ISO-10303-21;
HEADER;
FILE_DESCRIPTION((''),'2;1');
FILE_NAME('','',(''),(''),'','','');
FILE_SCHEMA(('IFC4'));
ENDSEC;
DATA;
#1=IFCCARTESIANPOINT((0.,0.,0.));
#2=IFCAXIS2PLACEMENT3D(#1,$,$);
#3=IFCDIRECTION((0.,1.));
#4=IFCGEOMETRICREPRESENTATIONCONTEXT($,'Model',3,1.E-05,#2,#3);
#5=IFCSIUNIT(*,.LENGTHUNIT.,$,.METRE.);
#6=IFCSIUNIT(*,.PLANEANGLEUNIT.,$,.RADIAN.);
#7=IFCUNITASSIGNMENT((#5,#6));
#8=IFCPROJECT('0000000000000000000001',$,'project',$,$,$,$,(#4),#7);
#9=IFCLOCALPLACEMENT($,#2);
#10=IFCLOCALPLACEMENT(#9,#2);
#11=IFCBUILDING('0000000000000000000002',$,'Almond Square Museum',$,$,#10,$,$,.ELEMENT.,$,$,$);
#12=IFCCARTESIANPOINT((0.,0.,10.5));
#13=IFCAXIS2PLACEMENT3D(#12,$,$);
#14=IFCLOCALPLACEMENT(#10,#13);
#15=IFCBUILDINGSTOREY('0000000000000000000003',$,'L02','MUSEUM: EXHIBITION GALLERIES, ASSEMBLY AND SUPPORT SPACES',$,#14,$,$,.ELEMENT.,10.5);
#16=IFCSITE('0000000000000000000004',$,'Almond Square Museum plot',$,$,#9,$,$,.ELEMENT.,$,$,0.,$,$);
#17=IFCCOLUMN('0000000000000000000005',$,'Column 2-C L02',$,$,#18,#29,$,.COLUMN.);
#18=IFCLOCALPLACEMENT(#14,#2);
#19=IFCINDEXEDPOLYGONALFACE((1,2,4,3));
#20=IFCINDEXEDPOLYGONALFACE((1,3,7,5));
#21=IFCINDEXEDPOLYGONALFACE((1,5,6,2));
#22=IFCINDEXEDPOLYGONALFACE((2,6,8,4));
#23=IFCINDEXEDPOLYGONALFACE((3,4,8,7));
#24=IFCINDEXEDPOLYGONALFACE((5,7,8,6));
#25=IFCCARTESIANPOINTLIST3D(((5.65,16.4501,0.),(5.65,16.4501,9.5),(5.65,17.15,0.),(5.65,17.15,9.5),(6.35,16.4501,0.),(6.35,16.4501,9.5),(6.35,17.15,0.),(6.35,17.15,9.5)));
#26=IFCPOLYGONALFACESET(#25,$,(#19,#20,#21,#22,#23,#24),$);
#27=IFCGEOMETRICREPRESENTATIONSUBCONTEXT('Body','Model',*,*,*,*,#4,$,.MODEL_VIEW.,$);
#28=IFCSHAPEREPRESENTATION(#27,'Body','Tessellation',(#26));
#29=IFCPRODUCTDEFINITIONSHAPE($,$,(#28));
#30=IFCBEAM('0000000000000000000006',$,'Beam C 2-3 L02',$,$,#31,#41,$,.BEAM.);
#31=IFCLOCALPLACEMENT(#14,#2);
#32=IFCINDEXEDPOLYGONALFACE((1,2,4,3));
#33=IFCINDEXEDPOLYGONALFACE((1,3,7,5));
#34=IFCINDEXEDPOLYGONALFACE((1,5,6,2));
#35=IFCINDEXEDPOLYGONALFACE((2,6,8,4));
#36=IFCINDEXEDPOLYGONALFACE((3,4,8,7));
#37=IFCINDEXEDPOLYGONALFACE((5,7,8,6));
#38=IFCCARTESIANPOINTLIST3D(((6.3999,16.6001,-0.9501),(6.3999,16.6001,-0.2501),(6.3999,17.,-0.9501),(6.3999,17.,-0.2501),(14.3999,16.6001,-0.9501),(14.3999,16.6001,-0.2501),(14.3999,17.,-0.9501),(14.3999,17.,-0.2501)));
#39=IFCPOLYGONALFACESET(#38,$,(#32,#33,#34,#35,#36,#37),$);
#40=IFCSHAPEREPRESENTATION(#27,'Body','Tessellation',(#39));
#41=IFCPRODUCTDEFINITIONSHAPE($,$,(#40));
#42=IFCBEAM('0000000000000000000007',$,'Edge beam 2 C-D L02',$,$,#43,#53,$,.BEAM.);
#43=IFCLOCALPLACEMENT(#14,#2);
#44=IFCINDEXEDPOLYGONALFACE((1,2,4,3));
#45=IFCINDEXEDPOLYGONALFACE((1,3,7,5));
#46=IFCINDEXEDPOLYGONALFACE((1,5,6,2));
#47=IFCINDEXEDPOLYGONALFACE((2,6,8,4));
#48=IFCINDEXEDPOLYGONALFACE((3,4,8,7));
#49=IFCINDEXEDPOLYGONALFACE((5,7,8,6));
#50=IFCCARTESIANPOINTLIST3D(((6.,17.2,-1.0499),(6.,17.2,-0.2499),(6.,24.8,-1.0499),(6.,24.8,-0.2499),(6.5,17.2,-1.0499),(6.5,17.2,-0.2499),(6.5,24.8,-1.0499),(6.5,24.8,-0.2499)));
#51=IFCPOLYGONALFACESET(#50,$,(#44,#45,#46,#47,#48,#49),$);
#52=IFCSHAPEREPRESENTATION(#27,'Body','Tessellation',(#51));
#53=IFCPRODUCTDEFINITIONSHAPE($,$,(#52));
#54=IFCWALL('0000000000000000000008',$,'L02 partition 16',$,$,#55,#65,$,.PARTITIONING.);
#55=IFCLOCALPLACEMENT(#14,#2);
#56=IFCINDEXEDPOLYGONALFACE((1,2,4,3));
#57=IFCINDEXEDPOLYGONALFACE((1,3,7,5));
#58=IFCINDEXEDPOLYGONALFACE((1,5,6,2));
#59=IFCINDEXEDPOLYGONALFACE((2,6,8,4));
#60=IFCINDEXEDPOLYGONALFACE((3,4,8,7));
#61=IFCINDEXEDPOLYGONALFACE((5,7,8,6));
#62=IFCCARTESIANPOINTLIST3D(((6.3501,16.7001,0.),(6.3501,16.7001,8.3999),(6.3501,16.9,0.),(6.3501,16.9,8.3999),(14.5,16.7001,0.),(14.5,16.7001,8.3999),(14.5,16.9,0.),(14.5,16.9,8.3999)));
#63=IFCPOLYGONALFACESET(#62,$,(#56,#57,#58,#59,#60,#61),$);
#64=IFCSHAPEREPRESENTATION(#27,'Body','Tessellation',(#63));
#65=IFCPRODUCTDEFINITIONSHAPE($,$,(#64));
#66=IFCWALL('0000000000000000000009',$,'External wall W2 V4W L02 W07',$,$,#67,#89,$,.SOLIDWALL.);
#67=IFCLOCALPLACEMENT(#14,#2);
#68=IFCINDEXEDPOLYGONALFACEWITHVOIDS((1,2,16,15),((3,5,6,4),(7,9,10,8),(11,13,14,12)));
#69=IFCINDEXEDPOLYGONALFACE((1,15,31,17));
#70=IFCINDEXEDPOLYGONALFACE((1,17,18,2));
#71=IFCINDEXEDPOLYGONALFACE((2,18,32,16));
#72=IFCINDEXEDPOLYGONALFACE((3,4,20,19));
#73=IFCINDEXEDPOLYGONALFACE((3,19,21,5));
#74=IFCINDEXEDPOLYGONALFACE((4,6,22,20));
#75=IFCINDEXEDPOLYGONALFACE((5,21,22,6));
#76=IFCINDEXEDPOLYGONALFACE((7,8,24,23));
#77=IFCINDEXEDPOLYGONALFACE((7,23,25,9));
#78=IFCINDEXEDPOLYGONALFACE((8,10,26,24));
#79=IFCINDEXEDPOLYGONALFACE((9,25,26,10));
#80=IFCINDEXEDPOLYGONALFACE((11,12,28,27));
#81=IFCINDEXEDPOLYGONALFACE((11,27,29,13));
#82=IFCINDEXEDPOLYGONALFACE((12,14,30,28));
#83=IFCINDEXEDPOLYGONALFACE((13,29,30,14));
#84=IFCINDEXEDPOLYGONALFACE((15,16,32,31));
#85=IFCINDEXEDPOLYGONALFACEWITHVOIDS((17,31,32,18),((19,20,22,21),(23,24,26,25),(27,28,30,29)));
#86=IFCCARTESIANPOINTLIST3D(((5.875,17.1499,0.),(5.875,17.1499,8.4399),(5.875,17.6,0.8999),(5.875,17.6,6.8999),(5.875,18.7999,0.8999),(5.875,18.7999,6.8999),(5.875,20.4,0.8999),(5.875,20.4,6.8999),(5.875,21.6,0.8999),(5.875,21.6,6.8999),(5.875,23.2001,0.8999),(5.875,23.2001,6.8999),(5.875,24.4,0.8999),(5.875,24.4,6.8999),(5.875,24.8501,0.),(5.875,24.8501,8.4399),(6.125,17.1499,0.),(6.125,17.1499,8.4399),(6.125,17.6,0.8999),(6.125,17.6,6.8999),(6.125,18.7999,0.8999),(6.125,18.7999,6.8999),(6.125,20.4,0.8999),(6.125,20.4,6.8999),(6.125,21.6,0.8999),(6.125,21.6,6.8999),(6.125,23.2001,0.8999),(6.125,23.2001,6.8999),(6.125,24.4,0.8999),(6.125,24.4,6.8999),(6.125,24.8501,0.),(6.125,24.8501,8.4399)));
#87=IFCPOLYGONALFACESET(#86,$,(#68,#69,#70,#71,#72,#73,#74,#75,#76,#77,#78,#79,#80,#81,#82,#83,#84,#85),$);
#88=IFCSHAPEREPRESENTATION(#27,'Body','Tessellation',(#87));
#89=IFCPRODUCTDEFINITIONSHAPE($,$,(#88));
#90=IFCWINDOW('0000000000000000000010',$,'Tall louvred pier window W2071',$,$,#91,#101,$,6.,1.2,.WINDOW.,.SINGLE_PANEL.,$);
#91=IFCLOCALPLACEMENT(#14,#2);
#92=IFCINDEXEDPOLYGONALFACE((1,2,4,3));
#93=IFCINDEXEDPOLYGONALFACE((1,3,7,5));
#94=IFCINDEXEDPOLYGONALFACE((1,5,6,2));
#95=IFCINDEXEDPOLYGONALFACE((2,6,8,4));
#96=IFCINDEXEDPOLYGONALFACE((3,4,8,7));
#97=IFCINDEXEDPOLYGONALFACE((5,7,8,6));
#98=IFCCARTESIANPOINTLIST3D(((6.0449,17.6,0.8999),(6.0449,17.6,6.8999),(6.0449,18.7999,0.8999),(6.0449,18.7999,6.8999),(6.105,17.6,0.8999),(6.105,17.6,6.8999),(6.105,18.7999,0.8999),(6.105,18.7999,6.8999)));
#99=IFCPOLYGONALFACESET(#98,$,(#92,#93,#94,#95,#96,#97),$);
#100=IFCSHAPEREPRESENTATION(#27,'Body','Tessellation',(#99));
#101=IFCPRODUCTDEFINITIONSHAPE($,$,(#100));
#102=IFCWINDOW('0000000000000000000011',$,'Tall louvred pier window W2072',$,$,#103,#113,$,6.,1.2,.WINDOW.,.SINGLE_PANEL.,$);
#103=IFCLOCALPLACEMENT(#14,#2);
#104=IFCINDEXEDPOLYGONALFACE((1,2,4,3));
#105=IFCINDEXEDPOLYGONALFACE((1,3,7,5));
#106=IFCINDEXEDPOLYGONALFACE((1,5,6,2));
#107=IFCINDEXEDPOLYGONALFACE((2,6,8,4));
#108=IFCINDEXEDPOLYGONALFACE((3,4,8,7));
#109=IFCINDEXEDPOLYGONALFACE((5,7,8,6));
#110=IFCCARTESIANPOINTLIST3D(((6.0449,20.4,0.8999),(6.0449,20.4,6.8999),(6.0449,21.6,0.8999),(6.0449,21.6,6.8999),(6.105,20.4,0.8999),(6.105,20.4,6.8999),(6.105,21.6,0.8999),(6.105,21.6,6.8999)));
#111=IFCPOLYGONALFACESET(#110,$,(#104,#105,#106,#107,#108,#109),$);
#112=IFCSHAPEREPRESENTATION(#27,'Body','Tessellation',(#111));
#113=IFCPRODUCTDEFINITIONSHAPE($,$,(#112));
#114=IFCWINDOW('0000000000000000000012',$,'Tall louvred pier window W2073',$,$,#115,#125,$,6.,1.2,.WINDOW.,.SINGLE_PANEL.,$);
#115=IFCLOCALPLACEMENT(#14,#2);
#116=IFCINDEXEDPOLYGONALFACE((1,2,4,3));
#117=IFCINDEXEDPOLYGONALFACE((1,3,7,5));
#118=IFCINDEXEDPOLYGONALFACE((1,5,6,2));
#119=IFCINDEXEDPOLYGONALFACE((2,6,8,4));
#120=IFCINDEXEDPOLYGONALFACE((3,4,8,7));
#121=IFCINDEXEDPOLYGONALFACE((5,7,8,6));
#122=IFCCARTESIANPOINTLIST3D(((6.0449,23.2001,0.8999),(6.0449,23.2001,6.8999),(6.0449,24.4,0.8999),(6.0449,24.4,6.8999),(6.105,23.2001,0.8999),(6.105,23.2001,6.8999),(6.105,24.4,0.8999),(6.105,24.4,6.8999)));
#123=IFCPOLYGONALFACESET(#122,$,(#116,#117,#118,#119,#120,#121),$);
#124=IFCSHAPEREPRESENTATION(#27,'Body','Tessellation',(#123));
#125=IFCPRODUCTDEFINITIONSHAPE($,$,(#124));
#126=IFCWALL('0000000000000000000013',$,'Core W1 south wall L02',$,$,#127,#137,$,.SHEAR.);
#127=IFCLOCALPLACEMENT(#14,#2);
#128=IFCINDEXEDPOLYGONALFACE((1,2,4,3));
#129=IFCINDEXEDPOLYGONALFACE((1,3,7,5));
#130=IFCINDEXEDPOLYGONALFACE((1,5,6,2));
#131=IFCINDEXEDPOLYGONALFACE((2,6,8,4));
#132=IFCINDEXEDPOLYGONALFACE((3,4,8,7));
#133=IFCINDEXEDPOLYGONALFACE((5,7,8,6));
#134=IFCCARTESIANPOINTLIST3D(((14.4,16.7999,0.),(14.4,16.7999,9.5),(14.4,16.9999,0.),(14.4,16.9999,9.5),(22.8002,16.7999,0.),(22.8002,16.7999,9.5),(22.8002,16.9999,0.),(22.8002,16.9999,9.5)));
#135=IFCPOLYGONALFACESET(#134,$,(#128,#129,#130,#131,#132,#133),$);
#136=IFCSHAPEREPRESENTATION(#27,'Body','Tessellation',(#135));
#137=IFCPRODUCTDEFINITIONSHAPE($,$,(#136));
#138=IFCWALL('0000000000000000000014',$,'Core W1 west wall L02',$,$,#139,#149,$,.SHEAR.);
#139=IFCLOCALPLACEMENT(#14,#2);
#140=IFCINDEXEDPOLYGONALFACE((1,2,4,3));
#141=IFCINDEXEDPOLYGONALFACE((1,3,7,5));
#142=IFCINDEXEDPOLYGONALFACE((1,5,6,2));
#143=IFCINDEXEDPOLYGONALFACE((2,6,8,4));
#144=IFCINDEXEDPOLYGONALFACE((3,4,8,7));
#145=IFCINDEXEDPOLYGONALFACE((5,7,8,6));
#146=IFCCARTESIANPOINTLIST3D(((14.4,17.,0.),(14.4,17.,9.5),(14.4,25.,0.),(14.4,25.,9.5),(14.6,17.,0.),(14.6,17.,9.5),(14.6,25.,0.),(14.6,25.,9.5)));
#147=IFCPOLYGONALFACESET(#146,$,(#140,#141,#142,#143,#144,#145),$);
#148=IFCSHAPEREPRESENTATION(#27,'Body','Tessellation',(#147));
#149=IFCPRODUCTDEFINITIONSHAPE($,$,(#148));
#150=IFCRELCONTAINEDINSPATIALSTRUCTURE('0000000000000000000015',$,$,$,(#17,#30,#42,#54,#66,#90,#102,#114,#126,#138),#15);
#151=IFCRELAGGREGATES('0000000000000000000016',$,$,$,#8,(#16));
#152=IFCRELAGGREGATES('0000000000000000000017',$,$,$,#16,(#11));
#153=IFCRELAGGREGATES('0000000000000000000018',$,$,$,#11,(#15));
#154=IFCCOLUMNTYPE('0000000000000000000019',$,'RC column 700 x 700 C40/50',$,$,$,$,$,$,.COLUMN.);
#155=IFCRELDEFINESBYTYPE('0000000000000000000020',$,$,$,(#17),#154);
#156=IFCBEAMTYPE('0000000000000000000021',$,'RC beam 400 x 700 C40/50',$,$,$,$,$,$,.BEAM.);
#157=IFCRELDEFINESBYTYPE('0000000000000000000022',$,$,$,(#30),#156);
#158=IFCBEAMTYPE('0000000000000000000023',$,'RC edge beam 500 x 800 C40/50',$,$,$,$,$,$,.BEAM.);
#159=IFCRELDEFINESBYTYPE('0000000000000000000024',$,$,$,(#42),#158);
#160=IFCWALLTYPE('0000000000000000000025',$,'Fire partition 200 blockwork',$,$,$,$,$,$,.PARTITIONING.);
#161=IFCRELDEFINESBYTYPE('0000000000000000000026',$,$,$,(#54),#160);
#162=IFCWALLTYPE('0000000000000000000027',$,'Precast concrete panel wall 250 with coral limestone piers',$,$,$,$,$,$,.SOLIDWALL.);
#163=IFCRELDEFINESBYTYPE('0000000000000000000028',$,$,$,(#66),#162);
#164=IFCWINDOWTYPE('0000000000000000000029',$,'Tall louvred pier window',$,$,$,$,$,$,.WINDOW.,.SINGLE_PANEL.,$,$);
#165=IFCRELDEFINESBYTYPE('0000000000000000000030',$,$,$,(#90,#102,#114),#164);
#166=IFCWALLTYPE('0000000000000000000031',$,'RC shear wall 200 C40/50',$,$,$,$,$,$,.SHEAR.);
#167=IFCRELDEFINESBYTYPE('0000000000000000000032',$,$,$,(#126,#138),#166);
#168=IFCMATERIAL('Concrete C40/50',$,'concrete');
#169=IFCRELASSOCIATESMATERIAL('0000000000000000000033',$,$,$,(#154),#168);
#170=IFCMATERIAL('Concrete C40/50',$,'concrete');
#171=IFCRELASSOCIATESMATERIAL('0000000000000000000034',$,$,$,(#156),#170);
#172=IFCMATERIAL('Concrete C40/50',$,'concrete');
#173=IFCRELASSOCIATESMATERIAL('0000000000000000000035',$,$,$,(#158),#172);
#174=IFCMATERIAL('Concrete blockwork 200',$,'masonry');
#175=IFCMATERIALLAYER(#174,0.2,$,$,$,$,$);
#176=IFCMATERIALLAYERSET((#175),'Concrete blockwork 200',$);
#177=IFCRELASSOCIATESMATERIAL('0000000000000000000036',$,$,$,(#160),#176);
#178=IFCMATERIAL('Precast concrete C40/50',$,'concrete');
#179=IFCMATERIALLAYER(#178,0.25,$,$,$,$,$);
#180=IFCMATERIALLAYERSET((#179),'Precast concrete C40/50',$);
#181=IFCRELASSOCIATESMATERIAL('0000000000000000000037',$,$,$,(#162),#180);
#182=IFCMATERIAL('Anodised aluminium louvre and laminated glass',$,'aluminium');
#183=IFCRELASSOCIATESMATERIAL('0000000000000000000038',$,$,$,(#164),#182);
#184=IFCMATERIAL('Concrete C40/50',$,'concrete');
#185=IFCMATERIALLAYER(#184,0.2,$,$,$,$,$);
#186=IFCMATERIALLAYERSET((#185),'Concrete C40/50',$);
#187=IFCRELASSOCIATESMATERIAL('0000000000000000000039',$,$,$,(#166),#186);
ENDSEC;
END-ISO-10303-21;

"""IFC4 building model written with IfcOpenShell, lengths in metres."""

from ifc_helpers import new_model, si_unit, direction, frame, frame_2d, origin, origin_2d, place, context, subcontext, project, spatial, rectangle, extrude, material, layer, layer_set, material_profile, profile_set, type_object, element, fill, save


model = new_model("IFC4")

# Units and contexts
model_context = context("Model", 3, precision=1e-05, world=origin(), true_north=direction((0.0, 1.0)))
body_context = subcontext(model_context, "Body", "Model", "MODEL_VIEW")
ifc_project = project(units=[si_unit("LENGTHUNIT", "METRE"), si_unit("PLANEANGLEUNIT", "RADIAN")], contexts=[model_context])

# Site, building, storey
site_placement = place(None, origin())
site = spatial("IfcSite", under=ifc_project, at=site_placement, Name="Almond Square Museum plot", CompositionType="ELEMENT", RefElevation=0.0)
building_placement = place(site_placement, origin())
building = spatial("IfcBuilding", under=site, at=building_placement, Name="Almond Square Museum", CompositionType="ELEMENT")
storey_placement = place(building_placement, frame((0.0, 0.0, 10.5)))
storey = spatial("IfcBuildingStorey", under=building, at=storey_placement, Name="L02", Description="MUSEUM: EXHIBITION GALLERIES, ASSEMBLY AND SUPPORT SPACES", CompositionType="ELEMENT", Elevation=10.5)

# Column
ifc_material_1 = material(Name="Concrete C40/50", Category="concrete")
ifc_material_profile_1 = material_profile(ifc_material_1, rectangle(XDim=0.7, YDim=0.7, at=origin_2d()))
ifc_profile_set_1 = profile_set([ifc_material_profile_1], Name="Concrete C40/50")
column_type = type_object("IfcColumnType", Name="RC column 700 x 700 C40/50", PredefinedType="COLUMN", material=ifc_profile_set_1)
column_placement = place(storey_placement, frame((6.0, 16.8, 0.0), z_axis=(0.0, 0.0, 1.0), x_axis=(1.0, 0.0, 0.0)))
element("IfcColumn", 1, at=column_placement, inside=storey, type_object=column_type, Name="Column 2-C L02", PredefinedType="COLUMN", context=body_context, shape_type="SweptSolid", body=[
    extrude(rectangle(XDim=0.7, YDim=0.7, at=origin_2d()), origin(), (0.0, 0.0, 1.0), 9.5),
])

# Beams
ifc_material_2 = material(Name="Concrete C40/50", Category="concrete")
ifc_material_profile_2 = material_profile(ifc_material_2, rectangle(XDim=0.3999, YDim=0.7, at=origin_2d()))
ifc_profile_set_2 = profile_set([ifc_material_profile_2], Name="Concrete C40/50")
beam_type_1 = type_object("IfcBeamType", Name="RC beam 400 x 700 C40/50", PredefinedType="BEAM", material=ifc_profile_set_2)
beam_1_placement = place(storey_placement, frame((6.3999, 16.8, -0.6001), z_axis=(1.0, 0.0, 0.0), x_axis=(0.0, 1.0, 0.0)))
element("IfcBeam", 2, at=beam_1_placement, inside=storey, type_object=beam_type_1, Name="Beam C 2-3 L02", PredefinedType="BEAM", context=body_context, shape_type="SweptSolid", body=[
    extrude(rectangle(XDim=0.3999, YDim=0.7, at=origin_2d()), origin(), (0.0, 0.0, 1.0), 8.0),
])
ifc_material_3 = material(Name="Concrete C40/50", Category="concrete")
ifc_material_profile_3 = material_profile(ifc_material_3, rectangle(XDim=0.5, YDim=0.8, at=origin_2d()))
ifc_profile_set_3 = profile_set([ifc_material_profile_3], Name="Concrete C40/50")
beam_type_2 = type_object("IfcBeamType", Name="RC edge beam 500 x 800 C40/50", PredefinedType="BEAM", material=ifc_profile_set_3)
beam_2_placement = place(storey_placement, frame((6.25, 17.2, -0.6499), z_axis=(0.0, 1.0, 0.0), x_axis=(-1.0, 0.0, 0.0)))
element("IfcBeam", 3, at=beam_2_placement, inside=storey, type_object=beam_type_2, Name="Edge beam 2 C-D L02", PredefinedType="BEAM", context=body_context, shape_type="SweptSolid", body=[
    extrude(rectangle(XDim=0.5, YDim=0.8, at=origin_2d()), origin(), (0.0, 0.0, 1.0), 7.6001),
])

# Wall
ifc_material_4 = material(Name="Concrete blockwork 200", Category="masonry")
ifc_layer_1 = layer(ifc_material_4, 0.2)
ifc_layer_set_1 = layer_set([ifc_layer_1], Name="Concrete blockwork 200")
wall_type_1 = type_object("IfcWallType", Name="Fire partition 200 blockwork", PredefinedType="PARTITIONING", material=ifc_layer_set_1)
wall_1_placement = place(storey_placement, frame((6.3501, 16.8, 0.0), z_axis=(0.0, 0.0, 1.0), x_axis=(1.0, 0.0, 0.0)))
element("IfcWall", 4, at=wall_1_placement, inside=storey, type_object=wall_type_1, Name="L02 partition 16", PredefinedType="PARTITIONING", context=body_context, shape_type="SweptSolid", body=[
    extrude(rectangle(XDim=8.1499, YDim=0.2, at=frame_2d((4.075, 0.0))), origin(), (0.0, 0.0, 1.0), 8.3999),
])

# Wall, openings, windows
ifc_material_5 = material(Name="Precast concrete C40/50", Category="concrete")
ifc_layer_2 = layer(ifc_material_5, 0.25)
ifc_layer_set_2 = layer_set([ifc_layer_2], Name="Precast concrete C40/50")
wall_type_2 = type_object("IfcWallType", Name="Precast concrete panel wall 250 with coral limestone piers", PredefinedType="SOLIDWALL", material=ifc_layer_set_2)
wall_2_placement = place(storey_placement, frame((6.0, 17.1499, 0.0), z_axis=(0.0, 0.0, 1.0), x_axis=(0.0, 1.0, 0.0)))
wall_2 = element("IfcWall", 5, at=wall_2_placement, inside=storey, type_object=wall_type_2, Name="External wall W2 V4W L02 W07", PredefinedType="SOLIDWALL", context=body_context, shape_type="SweptSolid", body=[
    extrude(rectangle(XDim=7.7002, YDim=0.25, at=frame_2d((3.8501, 0.0))), origin(), (0.0, 0.0, 1.0), 8.4399),
])
opening_1_placement = place(wall_2_placement, frame((0.45, 0.0, 0.8999)))
opening_1 = element("IfcOpeningElement", 6, at=opening_1_placement, cuts=wall_2, PredefinedType="OPENING", context=body_context, shape_type="SweptSolid", body=[
    extrude(rectangle(XDim=1.2, YDim=6.0, at=frame_2d((0.6001, 3.0))), frame((0.0, 0.135, 0.0), z_axis=(0.0, -1.0, 0.0), x_axis=(1.0, 0.0, 0.0)), (0.0, 0.0, 1.0), 0.27),
])
opening_2_placement = place(wall_2_placement, frame((3.25, 0.0, 0.8999)))
opening_2 = element("IfcOpeningElement", 7, at=opening_2_placement, cuts=wall_2, PredefinedType="OPENING", context=body_context, shape_type="SweptSolid", body=[
    extrude(rectangle(XDim=1.2, YDim=6.0, at=frame_2d((0.6001, 3.0))), frame((0.0, 0.135, 0.0), z_axis=(0.0, -1.0, 0.0), x_axis=(1.0, 0.0, 0.0)), (0.0, 0.0, 1.0), 0.27),
])
opening_3_placement = place(wall_2_placement, frame((6.05, 0.0, 0.8999)))
opening_3 = element("IfcOpeningElement", 8, at=opening_3_placement, cuts=wall_2, PredefinedType="OPENING", context=body_context, shape_type="SweptSolid", body=[
    extrude(rectangle(XDim=1.2, YDim=6.0, at=frame_2d((0.6001, 3.0))), frame((0.0, 0.135, 0.0), z_axis=(0.0, -1.0, 0.0), x_axis=(1.0, 0.0, 0.0)), (0.0, 0.0, 1.0), 0.27),
])
ifc_material_6 = material(Name="Anodised aluminium louvre and laminated glass", Category="aluminium")
window_type = type_object("IfcWindowType", Name="Tall louvred pier window", PartitioningType="SINGLE_PANEL", PredefinedType="WINDOW", material=ifc_material_6)
window_1_placement = place(opening_1_placement, origin())
window_1 = element("IfcWindow", 9, at=window_1_placement, inside=storey, type_object=window_type, Name="Tall louvred pier window W2071", OverallHeight=6.0, OverallWidth=1.2, PartitioningType="SINGLE_PANEL", PredefinedType="WINDOW", context=body_context, shape_type="SweptSolid", body=[
    extrude(rectangle(XDim=1.2, YDim=6.0, at=frame_2d((0.6001, 3.0))), frame((0.0, -0.0449, 0.0), z_axis=(0.0, -1.0, 0.0), x_axis=(1.0, 0.0, 0.0)), (0.0, 0.0, 1.0), 0.0601),
])
fill(opening_1, window_1)
window_2_placement = place(opening_2_placement, origin())
window_2 = element("IfcWindow", 10, at=window_2_placement, inside=storey, type_object=window_type, Name="Tall louvred pier window W2072", OverallHeight=6.0, OverallWidth=1.2, PartitioningType="SINGLE_PANEL", PredefinedType="WINDOW", context=body_context, shape_type="SweptSolid", body=[
    extrude(rectangle(XDim=1.2, YDim=6.0, at=frame_2d((0.6001, 3.0))), frame((0.0, -0.0449, 0.0), z_axis=(0.0, -1.0, 0.0), x_axis=(1.0, 0.0, 0.0)), (0.0, 0.0, 1.0), 0.0601),
])
fill(opening_2, window_2)
window_3_placement = place(opening_3_placement, origin())
window_3 = element("IfcWindow", 11, at=window_3_placement, inside=storey, type_object=window_type, Name="Tall louvred pier window W2073", OverallHeight=6.0, OverallWidth=1.2, PartitioningType="SINGLE_PANEL", PredefinedType="WINDOW", context=body_context, shape_type="SweptSolid", body=[
    extrude(rectangle(XDim=1.2, YDim=6.0, at=frame_2d((0.6001, 3.0))), frame((0.0, -0.0449, 0.0), z_axis=(0.0, -1.0, 0.0), x_axis=(1.0, 0.0, 0.0)), (0.0, 0.0, 1.0), 0.0601),
])
fill(opening_3, window_3)

# Walls
ifc_material_7 = material(Name="Concrete C40/50", Category="concrete")
ifc_layer_3 = layer(ifc_material_7, 0.2)
ifc_layer_set_3 = layer_set([ifc_layer_3], Name="Concrete C40/50")
wall_type_3 = type_object("IfcWallType", Name="RC shear wall 200 C40/50", PredefinedType="SHEAR", material=ifc_layer_set_3)
wall_3_placement = place(storey_placement, frame((14.3999, 16.8999, 0.0), z_axis=(0.0, 0.0, 1.0), x_axis=(1.0, 0.0, 0.0)))
element("IfcWall", 12, at=wall_3_placement, inside=storey, type_object=wall_type_3, Name="Core W1 south wall L02", PredefinedType="SHEAR", context=body_context, shape_type="SweptSolid", body=[
    extrude(rectangle(XDim=8.4001, YDim=0.2, at=frame_2d((4.2002, 0.0))), origin(), (0.0, 0.0, 1.0), 9.5),
])
wall_4_placement = place(storey_placement, frame((14.5, 17.0, 0.0), z_axis=(0.0, 0.0, 1.0), x_axis=(0.0, 1.0, 0.0)))
element("IfcWall", 13, at=wall_4_placement, inside=storey, type_object=wall_type_3, Name="Core W1 west wall L02", PredefinedType="SHEAR", context=body_context, shape_type="SweptSolid", body=[
    extrude(rectangle(XDim=8.0, YDim=0.2, at=frame_2d((4.0, 0.0))), origin(), (0.0, 0.0, 1.0), 9.5),
])

save(model, "model.ifc")
